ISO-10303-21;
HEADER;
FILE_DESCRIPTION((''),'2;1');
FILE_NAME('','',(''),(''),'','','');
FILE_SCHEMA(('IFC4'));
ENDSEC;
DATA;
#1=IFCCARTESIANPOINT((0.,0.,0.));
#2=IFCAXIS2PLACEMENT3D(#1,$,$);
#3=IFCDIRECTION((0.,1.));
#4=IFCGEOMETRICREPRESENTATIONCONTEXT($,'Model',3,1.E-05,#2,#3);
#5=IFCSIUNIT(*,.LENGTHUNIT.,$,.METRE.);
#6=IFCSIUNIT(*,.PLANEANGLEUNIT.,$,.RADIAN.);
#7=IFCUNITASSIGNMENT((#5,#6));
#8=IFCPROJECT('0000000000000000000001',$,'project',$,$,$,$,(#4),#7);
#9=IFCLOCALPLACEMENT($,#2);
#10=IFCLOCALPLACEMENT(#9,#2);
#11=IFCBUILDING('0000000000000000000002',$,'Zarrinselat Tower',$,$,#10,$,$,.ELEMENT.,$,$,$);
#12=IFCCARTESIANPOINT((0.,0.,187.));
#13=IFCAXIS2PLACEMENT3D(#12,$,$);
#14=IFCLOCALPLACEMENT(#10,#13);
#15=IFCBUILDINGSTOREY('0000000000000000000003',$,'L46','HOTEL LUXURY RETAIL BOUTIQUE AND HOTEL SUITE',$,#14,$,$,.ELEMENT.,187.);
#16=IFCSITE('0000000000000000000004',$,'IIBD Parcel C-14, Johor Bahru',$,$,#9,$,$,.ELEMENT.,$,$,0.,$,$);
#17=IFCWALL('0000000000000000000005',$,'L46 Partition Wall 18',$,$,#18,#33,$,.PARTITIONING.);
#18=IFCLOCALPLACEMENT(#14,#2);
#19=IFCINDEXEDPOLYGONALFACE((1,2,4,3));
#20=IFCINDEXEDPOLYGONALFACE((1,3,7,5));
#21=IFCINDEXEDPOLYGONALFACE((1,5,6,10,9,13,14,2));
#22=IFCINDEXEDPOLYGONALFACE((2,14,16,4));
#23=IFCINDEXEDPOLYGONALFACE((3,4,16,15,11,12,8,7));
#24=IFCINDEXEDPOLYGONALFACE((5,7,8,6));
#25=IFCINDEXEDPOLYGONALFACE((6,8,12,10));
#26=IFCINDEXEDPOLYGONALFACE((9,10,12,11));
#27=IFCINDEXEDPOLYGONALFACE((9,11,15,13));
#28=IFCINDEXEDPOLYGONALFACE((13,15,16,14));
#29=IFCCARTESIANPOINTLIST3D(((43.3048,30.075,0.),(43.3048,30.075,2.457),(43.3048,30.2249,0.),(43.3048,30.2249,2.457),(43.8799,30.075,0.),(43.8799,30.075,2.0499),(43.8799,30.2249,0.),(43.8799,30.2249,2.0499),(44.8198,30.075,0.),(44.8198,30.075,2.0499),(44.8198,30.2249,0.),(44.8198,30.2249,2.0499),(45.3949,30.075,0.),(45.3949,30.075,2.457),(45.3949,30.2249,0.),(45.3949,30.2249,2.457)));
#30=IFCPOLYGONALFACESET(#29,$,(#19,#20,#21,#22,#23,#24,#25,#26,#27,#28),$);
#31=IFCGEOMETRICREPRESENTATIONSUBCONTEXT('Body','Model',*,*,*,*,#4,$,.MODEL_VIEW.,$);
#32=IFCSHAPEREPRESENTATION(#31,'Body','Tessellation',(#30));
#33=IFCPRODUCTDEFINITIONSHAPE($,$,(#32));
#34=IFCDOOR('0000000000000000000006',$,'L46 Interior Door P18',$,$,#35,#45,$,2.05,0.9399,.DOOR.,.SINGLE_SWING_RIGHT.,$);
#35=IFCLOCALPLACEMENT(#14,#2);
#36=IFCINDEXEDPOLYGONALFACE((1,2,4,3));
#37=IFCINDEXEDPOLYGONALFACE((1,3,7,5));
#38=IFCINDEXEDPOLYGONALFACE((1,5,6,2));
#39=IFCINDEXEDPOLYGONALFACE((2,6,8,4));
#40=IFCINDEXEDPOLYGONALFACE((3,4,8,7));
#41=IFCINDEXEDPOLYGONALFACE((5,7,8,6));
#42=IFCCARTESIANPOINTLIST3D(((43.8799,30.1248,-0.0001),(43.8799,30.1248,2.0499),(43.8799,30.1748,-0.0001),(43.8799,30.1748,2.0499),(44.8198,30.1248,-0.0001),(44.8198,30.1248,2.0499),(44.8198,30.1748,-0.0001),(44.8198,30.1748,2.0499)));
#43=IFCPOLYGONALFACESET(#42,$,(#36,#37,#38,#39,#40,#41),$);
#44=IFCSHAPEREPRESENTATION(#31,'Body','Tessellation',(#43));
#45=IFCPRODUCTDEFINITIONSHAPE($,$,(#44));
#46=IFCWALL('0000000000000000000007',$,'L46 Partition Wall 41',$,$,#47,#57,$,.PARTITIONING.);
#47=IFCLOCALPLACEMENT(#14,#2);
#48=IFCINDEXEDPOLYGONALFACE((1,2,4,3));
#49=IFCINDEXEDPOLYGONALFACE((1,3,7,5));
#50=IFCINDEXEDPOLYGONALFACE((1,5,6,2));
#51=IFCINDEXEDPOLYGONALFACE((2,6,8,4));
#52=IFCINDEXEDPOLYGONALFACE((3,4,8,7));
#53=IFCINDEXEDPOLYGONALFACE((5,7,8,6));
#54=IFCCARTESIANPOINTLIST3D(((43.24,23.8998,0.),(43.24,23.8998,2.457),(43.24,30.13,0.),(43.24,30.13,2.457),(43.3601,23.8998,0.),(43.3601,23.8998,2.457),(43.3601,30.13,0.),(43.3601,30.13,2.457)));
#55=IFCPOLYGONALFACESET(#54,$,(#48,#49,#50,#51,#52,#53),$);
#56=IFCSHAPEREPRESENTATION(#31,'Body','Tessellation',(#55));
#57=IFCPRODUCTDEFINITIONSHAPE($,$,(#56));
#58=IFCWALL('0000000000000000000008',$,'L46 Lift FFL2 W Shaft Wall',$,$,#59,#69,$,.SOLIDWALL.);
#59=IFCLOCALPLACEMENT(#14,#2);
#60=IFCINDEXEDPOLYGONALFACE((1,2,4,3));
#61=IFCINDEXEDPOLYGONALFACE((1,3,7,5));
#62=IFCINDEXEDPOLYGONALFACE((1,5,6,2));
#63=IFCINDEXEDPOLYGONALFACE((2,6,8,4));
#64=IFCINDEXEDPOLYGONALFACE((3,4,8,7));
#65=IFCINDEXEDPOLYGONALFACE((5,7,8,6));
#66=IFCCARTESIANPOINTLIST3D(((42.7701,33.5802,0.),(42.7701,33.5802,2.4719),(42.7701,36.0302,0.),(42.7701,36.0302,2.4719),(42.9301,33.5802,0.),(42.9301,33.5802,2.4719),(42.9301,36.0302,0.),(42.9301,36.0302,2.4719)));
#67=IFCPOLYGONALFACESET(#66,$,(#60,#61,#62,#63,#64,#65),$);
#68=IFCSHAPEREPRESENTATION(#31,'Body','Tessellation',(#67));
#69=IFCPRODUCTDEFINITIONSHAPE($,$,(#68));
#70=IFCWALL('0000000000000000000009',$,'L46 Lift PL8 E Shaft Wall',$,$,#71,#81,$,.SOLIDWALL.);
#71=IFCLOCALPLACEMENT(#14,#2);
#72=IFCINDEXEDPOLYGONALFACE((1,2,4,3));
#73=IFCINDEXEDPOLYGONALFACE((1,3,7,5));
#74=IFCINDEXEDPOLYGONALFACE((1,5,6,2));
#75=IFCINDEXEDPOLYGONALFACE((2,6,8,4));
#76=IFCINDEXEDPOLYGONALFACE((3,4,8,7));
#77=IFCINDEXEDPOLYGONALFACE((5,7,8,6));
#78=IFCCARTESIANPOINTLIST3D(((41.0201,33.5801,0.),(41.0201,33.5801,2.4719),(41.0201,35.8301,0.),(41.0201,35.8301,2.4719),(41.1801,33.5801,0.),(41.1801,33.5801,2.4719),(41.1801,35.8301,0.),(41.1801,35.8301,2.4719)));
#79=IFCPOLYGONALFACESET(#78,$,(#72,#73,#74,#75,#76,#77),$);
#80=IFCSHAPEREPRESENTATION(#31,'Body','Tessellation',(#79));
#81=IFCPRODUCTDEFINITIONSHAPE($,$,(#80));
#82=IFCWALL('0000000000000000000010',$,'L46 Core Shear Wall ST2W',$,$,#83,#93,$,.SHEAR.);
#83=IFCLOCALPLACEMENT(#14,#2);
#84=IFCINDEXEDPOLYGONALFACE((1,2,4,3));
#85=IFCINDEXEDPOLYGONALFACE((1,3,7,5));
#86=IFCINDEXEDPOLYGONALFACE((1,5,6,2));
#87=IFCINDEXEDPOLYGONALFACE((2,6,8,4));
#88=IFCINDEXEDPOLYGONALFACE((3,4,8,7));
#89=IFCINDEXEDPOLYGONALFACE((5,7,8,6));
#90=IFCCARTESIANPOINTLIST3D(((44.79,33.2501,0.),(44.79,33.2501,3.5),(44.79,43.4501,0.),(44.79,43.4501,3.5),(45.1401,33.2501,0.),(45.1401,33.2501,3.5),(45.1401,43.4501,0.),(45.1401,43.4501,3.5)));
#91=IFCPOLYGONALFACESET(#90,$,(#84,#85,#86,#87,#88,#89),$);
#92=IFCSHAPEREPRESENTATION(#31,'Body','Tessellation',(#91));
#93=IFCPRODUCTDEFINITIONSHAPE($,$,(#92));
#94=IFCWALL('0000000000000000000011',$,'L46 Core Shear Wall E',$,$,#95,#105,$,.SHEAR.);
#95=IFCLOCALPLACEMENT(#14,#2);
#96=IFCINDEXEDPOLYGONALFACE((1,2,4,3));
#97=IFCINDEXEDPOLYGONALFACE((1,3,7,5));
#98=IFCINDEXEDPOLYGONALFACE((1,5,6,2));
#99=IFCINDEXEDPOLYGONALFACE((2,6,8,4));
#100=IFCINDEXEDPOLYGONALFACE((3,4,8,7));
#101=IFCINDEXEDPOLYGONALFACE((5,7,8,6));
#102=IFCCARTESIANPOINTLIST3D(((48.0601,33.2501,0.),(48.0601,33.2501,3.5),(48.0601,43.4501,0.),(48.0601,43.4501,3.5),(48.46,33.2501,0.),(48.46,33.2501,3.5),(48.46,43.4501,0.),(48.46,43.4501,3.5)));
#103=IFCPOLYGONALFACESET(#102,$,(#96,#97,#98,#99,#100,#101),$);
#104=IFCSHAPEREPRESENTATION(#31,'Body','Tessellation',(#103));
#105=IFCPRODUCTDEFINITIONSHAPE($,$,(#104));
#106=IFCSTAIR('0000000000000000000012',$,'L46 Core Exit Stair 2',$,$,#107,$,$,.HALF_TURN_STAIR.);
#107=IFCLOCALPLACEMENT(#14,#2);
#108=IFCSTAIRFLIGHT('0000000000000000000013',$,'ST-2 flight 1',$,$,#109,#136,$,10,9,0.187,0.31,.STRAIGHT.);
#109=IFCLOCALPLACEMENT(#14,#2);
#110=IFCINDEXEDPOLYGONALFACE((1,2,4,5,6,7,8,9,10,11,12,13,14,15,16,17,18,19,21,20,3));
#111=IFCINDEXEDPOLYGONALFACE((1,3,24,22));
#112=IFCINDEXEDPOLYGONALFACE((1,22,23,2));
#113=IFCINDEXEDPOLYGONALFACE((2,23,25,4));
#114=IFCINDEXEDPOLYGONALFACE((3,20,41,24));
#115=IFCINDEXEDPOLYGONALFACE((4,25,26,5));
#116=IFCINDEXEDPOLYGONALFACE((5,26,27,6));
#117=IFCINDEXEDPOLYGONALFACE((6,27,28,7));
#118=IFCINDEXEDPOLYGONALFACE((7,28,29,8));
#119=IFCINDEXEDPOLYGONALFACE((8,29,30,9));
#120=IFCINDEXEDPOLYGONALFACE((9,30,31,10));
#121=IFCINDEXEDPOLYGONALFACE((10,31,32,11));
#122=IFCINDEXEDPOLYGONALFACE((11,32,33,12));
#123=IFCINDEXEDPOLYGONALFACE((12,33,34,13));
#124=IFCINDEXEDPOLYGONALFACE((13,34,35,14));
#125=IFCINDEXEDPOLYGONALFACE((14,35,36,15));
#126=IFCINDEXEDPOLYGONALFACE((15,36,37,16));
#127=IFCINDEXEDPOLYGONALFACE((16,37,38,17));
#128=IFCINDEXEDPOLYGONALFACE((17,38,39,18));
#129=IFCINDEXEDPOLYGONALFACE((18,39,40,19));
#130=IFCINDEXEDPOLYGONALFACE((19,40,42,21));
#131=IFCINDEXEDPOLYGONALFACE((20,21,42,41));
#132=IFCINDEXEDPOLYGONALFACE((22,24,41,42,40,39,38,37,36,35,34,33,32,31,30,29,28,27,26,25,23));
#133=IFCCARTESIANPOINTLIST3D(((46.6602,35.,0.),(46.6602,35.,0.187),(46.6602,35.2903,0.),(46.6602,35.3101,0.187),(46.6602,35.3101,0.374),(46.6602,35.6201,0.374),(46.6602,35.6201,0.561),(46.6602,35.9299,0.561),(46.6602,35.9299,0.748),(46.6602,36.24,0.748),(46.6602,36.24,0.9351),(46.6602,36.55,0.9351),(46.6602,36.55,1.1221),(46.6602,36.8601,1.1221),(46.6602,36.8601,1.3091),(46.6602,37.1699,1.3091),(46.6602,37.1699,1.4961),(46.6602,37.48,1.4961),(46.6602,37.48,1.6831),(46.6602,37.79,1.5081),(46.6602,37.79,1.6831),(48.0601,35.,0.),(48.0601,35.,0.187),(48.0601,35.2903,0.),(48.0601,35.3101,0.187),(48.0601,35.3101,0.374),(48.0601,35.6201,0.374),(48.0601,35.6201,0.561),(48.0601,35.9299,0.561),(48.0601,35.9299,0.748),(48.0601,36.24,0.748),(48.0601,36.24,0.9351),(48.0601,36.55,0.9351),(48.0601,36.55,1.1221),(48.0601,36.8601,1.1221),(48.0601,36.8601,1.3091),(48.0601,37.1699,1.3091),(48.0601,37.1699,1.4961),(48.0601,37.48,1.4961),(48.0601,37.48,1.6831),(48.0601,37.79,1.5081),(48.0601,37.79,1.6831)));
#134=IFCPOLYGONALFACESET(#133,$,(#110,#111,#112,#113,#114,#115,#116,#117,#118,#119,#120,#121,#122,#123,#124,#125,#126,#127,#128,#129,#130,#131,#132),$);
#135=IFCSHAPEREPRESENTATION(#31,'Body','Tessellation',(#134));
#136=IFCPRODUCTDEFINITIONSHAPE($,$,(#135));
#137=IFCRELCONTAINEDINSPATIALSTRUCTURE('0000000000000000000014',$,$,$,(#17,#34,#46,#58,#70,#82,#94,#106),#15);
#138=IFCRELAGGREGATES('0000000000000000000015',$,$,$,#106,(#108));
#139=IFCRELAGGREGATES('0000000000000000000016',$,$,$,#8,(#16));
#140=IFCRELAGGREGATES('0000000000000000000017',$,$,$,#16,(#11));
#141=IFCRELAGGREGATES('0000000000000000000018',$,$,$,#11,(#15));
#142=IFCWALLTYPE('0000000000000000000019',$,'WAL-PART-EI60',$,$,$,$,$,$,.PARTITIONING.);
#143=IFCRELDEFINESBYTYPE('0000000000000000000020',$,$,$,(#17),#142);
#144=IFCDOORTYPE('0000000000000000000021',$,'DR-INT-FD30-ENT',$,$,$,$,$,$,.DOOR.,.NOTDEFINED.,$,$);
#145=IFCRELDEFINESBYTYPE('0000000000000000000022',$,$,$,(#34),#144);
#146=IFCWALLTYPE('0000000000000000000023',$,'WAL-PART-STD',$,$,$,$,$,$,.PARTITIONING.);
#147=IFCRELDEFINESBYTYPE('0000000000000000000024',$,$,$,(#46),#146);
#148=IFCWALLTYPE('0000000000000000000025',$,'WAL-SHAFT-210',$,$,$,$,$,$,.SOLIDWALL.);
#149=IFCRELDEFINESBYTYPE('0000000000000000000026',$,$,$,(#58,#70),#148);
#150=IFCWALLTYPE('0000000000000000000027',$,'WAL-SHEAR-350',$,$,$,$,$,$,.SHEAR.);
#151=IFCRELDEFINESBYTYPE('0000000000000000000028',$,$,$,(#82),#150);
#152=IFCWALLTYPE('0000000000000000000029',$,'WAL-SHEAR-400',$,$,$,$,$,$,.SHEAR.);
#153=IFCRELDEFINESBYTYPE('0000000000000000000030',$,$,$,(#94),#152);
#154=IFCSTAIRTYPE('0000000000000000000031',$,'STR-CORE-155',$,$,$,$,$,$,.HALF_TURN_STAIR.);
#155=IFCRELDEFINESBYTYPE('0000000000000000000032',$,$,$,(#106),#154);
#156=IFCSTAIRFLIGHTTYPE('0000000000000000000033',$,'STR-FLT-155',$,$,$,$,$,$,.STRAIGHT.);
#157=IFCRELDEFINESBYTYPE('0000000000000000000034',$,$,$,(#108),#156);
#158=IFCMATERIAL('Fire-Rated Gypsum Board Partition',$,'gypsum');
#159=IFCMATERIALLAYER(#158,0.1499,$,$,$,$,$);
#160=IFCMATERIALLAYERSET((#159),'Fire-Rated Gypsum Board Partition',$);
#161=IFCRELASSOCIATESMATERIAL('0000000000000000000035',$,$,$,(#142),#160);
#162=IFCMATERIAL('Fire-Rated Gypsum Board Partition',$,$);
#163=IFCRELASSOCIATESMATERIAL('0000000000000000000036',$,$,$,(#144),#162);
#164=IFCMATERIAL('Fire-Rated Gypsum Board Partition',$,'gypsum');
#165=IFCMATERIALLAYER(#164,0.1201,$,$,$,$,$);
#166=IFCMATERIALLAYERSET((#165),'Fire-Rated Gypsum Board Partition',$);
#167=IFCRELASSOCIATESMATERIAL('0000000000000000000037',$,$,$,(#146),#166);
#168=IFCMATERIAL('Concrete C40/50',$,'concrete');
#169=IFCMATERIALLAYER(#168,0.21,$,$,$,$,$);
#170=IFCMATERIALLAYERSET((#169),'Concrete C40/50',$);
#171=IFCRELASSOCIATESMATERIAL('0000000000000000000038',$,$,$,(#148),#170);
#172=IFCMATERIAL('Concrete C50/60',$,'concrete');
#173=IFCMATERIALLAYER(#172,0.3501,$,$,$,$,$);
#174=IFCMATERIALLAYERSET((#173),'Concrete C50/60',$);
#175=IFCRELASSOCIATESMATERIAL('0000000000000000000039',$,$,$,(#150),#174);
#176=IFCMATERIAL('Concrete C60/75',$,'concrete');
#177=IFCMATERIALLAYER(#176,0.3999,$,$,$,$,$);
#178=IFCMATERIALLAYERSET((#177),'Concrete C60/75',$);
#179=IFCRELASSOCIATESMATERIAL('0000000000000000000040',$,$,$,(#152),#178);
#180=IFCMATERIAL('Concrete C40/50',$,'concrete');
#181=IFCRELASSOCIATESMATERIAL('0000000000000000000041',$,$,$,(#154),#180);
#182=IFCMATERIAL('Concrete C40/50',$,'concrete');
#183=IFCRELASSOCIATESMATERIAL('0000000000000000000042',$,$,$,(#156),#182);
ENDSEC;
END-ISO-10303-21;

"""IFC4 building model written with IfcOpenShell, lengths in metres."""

from ifc_helpers import new_model, si_unit, direction, frame, frame_2d, origin, place, context, subcontext, project, spatial, polyline, rectangle, outline, extrude, material, layer, layer_set, type_object, element, fill, aggregate, save


model = new_model("IFC4")

# Units and contexts
model_context = context("Model", 3, precision=1e-05, world=origin(), true_north=direction((0.0, 1.0)))
body_context = subcontext(model_context, "Body", "Model", "MODEL_VIEW")
ifc_project = project(units=[si_unit("LENGTHUNIT", "METRE"), si_unit("PLANEANGLEUNIT", "RADIAN")], contexts=[model_context])

# Site, building, storey
site_placement = place(None, origin())
site = spatial("IfcSite", under=ifc_project, at=site_placement, Name="IIBD Parcel C-14, Johor Bahru", CompositionType="ELEMENT", RefElevation=0.0)
building_placement = place(site_placement, origin())
building = spatial("IfcBuilding", under=site, at=building_placement, Name="Zarrinselat Tower", CompositionType="ELEMENT")
storey_placement = place(building_placement, frame((0.0, 0.0, 187.0)))
storey = spatial("IfcBuildingStorey", under=building, at=storey_placement, Name="L46", Description="HOTEL LUXURY RETAIL BOUTIQUE AND HOTEL SUITE", CompositionType="ELEMENT", Elevation=187.0)

# Wall, opening, door
ifc_material_1 = material(Name="Fire-Rated Gypsum Board Partition", Category="gypsum")
ifc_layer_1 = layer(ifc_material_1, 0.1499)
ifc_layer_set_1 = layer_set([ifc_layer_1], Name="Fire-Rated Gypsum Board Partition")
wall_type_1 = type_object("IfcWallType", Name="WAL-PART-EI60", PredefinedType="PARTITIONING", material=ifc_layer_set_1)
wall_1_placement = place(storey_placement, frame((43.3049, 30.1499, 0.0), z_axis=(0.0, 0.0, 1.0), x_axis=(1.0, 0.0, 0.0)))
wall_1 = element("IfcWall", 1, at=wall_1_placement, inside=storey, type_object=wall_type_1, Name="L46 Partition Wall 18", PredefinedType="PARTITIONING", context=body_context, shape_type="SweptSolid", body=[
    extrude(rectangle(XDim=2.0901, YDim=0.1499, at=frame_2d((1.0449, 0.0))), origin(), (0.0, 0.0, 1.0), 2.457),
])
opening_1_placement = place(wall_1_placement, frame((0.575, 0.0, 0.0)))
opening_1 = element("IfcOpeningElement", 2, at=opening_1_placement, cuts=wall_1, PredefinedType="OPENING", context=body_context, shape_type="SweptSolid", body=[
    extrude(rectangle(XDim=0.9399, YDim=2.05, at=frame_2d((0.47, 1.0249))), frame((0.0, 0.085, 0.0), z_axis=(0.0, -1.0, 0.0), x_axis=(1.0, 0.0, 0.0)), (0.0, 0.0, 1.0), 0.1699),
])
ifc_material_2 = material(Name="Fire-Rated Gypsum Board Partition")
door_type_1 = type_object("IfcDoorType", Name="DR-INT-FD30-ENT", OperationType="NOTDEFINED", PredefinedType="DOOR", material=ifc_material_2)
door_1_placement = place(opening_1_placement, origin())
door_1 = element("IfcDoor", 3, at=door_1_placement, inside=storey, type_object=door_type_1, Name="L46 Interior Door P18", OperationType="SINGLE_SWING_RIGHT", OverallHeight=2.05, OverallWidth=0.9399, PredefinedType="DOOR", context=body_context, shape_type="SweptSolid", body=[
    extrude(rectangle(XDim=0.9399, YDim=2.05, at=frame_2d((0.47, 1.0249))), frame((0.0, 0.0249, 0.0), z_axis=(0.0, -1.0, 0.0), x_axis=(1.0, 0.0, 0.0)), (0.0, 0.0, 1.0), 0.05),
])
fill(opening_1, door_1)

# Walls
ifc_material_3 = material(Name="Fire-Rated Gypsum Board Partition", Category="gypsum")
ifc_layer_2 = layer(ifc_material_3, 0.1201)
ifc_layer_set_2 = layer_set([ifc_layer_2], Name="Fire-Rated Gypsum Board Partition")
wall_type_2 = type_object("IfcWallType", Name="WAL-PART-STD", PredefinedType="PARTITIONING", material=ifc_layer_set_2)
wall_2_placement = place(storey_placement, frame((43.3, 23.8997, 0.0), z_axis=(0.0, 0.0, 1.0), x_axis=(0.0, 1.0, 0.0)))
element("IfcWall", 4, at=wall_2_placement, inside=storey, type_object=wall_type_2, Name="L46 Partition Wall 41", PredefinedType="PARTITIONING", context=body_context, shape_type="SweptSolid", body=[
    extrude(rectangle(XDim=6.2302, YDim=0.1201, at=frame_2d((3.1152, 0.0))), origin(), (0.0, 0.0, 1.0), 2.457),
])
ifc_material_4 = material(Name="Concrete C40/50", Category="concrete")
ifc_layer_3 = layer(ifc_material_4, 0.21)
ifc_layer_set_3 = layer_set([ifc_layer_3], Name="Concrete C40/50")
wall_type_3 = type_object("IfcWallType", Name="WAL-SHAFT-210", PredefinedType="SOLIDWALL", material=ifc_layer_set_3)
wall_3_placement = place(storey_placement, frame((42.8501, 33.5801, 0.0), z_axis=(0.0, 0.0, 1.0), x_axis=(0.0, 1.0, 0.0)))
element("IfcWall", 5, at=wall_3_placement, inside=storey, type_object=wall_type_3, Name="L46 Lift FFL2 W Shaft Wall", PredefinedType="SOLIDWALL", context=body_context, shape_type="SweptSolid", body=[
    extrude(rectangle(XDim=2.45, YDim=0.1599, at=frame_2d((1.2251, 0.0))), origin(), (0.0, 0.0, 1.0), 2.4719),
])
wall_4_placement = place(storey_placement, frame((41.1001, 33.5801, 0.0), z_axis=(0.0, 0.0, 1.0), x_axis=(0.0, 1.0, 0.0)))
element("IfcWall", 6, at=wall_4_placement, inside=storey, type_object=wall_type_3, Name="L46 Lift PL8 E Shaft Wall", PredefinedType="SOLIDWALL", context=body_context, shape_type="SweptSolid", body=[
    extrude(rectangle(XDim=2.25, YDim=0.1599, at=frame_2d((1.125, 0.0))), origin(), (0.0, 0.0, 1.0), 2.4719),
])
ifc_material_5 = material(Name="Concrete C50/60", Category="concrete")
ifc_layer_4 = layer(ifc_material_5, 0.3501)
ifc_layer_set_4 = layer_set([ifc_layer_4], Name="Concrete C50/60")
wall_type_4 = type_object("IfcWallType", Name="WAL-SHEAR-350", PredefinedType="SHEAR", material=ifc_layer_set_4)
wall_5_placement = place(storey_placement, frame((44.9651, 33.25, 0.0), z_axis=(0.0, 0.0, 1.0), x_axis=(0.0, 1.0, 0.0)))
element("IfcWall", 7, at=wall_5_placement, inside=storey, type_object=wall_type_4, Name="L46 Core Shear Wall ST2W", PredefinedType="SHEAR", context=body_context, shape_type="SweptSolid", body=[
    extrude(rectangle(XDim=10.2, YDim=0.3501, at=frame_2d((5.1001, 0.0))), origin(), (0.0, 0.0, 1.0), 3.5),
])
ifc_material_6 = material(Name="Concrete C60/75", Category="concrete")
ifc_layer_5 = layer(ifc_material_6, 0.3999)
ifc_layer_set_5 = layer_set([ifc_layer_5], Name="Concrete C60/75")
wall_type_5 = type_object("IfcWallType", Name="WAL-SHEAR-400", PredefinedType="SHEAR", material=ifc_layer_set_5)
wall_6_placement = place(storey_placement, frame((48.26, 33.25, 0.0), z_axis=(0.0, 0.0, 1.0), x_axis=(0.0, 1.0, 0.0)))
element("IfcWall", 8, at=wall_6_placement, inside=storey, type_object=wall_type_5, Name="L46 Core Shear Wall E", PredefinedType="SHEAR", context=body_context, shape_type="SweptSolid", body=[
    extrude(rectangle(XDim=10.2, YDim=0.3999, at=frame_2d((5.1001, 0.0))), origin(), (0.0, 0.0, 1.0), 3.5),
])

# Stair, stair flight
ifc_material_7 = material(Name="Concrete C40/50", Category="concrete")
stair_type = type_object("IfcStairType", Name="STR-CORE-155", PredefinedType="HALF_TURN_STAIR", material=ifc_material_7)
stair_placement = place(storey_placement, origin())
stair = element("IfcStair", 9, at=stair_placement, inside=storey, type_object=stair_type, Name="L46 Core Exit Stair 2", PredefinedType="HALF_TURN_STAIR")
ifc_material_8 = material(Name="Concrete C40/50", Category="concrete")
stair_flight_type = type_object("IfcStairFlightType", Name="STR-FLT-155", PredefinedType="STRAIGHT", material=ifc_material_8)
stair_flight_placement = place(storey_placement, frame((47.3601, 35.0, 0.0), z_axis=(0.0, 0.0, 1.0), x_axis=(0.0, 1.0, 0.0)))
stair_flight = element("IfcStairFlight", 10, at=stair_flight_placement, type_object=stair_flight_type, Name="ST-2 flight 1", NumberOfRisers=10, NumberOfTreads=9, PredefinedType="STRAIGHT", RiserHeight=0.187, TreadLength=0.31, context=body_context, shape_type="SweptSolid", body=[
    extrude(outline(polyline([(0.0, 0.0), (0.0, 0.187), (0.3101, 0.187), (0.3101, 0.374), (0.6201, 0.374), (0.6201, 0.561), (0.9299, 0.561), (0.9299, 0.748), (1.24, 0.748), (1.24, 0.9351), (1.55, 0.9351), (1.55, 1.1221), (1.8601, 1.1221), (1.8601, 1.3091), (2.1699, 1.3091), (2.1699, 1.4961), (2.48, 1.4961), (2.48, 1.6831), (2.79, 1.6831), (2.79, 1.8701), (2.79, 1.5081), (0.2903, 0.0), (0.0, 0.0)])), frame((0.0, 0.7, 0.0), z_axis=(0.0, -1.0, 0.0), x_axis=(1.0, 0.0, 0.0)), (0.0, 0.0, 1.0), 1.3999),
])
aggregate(stair, [stair_flight])

save(model, "model.ifc")
